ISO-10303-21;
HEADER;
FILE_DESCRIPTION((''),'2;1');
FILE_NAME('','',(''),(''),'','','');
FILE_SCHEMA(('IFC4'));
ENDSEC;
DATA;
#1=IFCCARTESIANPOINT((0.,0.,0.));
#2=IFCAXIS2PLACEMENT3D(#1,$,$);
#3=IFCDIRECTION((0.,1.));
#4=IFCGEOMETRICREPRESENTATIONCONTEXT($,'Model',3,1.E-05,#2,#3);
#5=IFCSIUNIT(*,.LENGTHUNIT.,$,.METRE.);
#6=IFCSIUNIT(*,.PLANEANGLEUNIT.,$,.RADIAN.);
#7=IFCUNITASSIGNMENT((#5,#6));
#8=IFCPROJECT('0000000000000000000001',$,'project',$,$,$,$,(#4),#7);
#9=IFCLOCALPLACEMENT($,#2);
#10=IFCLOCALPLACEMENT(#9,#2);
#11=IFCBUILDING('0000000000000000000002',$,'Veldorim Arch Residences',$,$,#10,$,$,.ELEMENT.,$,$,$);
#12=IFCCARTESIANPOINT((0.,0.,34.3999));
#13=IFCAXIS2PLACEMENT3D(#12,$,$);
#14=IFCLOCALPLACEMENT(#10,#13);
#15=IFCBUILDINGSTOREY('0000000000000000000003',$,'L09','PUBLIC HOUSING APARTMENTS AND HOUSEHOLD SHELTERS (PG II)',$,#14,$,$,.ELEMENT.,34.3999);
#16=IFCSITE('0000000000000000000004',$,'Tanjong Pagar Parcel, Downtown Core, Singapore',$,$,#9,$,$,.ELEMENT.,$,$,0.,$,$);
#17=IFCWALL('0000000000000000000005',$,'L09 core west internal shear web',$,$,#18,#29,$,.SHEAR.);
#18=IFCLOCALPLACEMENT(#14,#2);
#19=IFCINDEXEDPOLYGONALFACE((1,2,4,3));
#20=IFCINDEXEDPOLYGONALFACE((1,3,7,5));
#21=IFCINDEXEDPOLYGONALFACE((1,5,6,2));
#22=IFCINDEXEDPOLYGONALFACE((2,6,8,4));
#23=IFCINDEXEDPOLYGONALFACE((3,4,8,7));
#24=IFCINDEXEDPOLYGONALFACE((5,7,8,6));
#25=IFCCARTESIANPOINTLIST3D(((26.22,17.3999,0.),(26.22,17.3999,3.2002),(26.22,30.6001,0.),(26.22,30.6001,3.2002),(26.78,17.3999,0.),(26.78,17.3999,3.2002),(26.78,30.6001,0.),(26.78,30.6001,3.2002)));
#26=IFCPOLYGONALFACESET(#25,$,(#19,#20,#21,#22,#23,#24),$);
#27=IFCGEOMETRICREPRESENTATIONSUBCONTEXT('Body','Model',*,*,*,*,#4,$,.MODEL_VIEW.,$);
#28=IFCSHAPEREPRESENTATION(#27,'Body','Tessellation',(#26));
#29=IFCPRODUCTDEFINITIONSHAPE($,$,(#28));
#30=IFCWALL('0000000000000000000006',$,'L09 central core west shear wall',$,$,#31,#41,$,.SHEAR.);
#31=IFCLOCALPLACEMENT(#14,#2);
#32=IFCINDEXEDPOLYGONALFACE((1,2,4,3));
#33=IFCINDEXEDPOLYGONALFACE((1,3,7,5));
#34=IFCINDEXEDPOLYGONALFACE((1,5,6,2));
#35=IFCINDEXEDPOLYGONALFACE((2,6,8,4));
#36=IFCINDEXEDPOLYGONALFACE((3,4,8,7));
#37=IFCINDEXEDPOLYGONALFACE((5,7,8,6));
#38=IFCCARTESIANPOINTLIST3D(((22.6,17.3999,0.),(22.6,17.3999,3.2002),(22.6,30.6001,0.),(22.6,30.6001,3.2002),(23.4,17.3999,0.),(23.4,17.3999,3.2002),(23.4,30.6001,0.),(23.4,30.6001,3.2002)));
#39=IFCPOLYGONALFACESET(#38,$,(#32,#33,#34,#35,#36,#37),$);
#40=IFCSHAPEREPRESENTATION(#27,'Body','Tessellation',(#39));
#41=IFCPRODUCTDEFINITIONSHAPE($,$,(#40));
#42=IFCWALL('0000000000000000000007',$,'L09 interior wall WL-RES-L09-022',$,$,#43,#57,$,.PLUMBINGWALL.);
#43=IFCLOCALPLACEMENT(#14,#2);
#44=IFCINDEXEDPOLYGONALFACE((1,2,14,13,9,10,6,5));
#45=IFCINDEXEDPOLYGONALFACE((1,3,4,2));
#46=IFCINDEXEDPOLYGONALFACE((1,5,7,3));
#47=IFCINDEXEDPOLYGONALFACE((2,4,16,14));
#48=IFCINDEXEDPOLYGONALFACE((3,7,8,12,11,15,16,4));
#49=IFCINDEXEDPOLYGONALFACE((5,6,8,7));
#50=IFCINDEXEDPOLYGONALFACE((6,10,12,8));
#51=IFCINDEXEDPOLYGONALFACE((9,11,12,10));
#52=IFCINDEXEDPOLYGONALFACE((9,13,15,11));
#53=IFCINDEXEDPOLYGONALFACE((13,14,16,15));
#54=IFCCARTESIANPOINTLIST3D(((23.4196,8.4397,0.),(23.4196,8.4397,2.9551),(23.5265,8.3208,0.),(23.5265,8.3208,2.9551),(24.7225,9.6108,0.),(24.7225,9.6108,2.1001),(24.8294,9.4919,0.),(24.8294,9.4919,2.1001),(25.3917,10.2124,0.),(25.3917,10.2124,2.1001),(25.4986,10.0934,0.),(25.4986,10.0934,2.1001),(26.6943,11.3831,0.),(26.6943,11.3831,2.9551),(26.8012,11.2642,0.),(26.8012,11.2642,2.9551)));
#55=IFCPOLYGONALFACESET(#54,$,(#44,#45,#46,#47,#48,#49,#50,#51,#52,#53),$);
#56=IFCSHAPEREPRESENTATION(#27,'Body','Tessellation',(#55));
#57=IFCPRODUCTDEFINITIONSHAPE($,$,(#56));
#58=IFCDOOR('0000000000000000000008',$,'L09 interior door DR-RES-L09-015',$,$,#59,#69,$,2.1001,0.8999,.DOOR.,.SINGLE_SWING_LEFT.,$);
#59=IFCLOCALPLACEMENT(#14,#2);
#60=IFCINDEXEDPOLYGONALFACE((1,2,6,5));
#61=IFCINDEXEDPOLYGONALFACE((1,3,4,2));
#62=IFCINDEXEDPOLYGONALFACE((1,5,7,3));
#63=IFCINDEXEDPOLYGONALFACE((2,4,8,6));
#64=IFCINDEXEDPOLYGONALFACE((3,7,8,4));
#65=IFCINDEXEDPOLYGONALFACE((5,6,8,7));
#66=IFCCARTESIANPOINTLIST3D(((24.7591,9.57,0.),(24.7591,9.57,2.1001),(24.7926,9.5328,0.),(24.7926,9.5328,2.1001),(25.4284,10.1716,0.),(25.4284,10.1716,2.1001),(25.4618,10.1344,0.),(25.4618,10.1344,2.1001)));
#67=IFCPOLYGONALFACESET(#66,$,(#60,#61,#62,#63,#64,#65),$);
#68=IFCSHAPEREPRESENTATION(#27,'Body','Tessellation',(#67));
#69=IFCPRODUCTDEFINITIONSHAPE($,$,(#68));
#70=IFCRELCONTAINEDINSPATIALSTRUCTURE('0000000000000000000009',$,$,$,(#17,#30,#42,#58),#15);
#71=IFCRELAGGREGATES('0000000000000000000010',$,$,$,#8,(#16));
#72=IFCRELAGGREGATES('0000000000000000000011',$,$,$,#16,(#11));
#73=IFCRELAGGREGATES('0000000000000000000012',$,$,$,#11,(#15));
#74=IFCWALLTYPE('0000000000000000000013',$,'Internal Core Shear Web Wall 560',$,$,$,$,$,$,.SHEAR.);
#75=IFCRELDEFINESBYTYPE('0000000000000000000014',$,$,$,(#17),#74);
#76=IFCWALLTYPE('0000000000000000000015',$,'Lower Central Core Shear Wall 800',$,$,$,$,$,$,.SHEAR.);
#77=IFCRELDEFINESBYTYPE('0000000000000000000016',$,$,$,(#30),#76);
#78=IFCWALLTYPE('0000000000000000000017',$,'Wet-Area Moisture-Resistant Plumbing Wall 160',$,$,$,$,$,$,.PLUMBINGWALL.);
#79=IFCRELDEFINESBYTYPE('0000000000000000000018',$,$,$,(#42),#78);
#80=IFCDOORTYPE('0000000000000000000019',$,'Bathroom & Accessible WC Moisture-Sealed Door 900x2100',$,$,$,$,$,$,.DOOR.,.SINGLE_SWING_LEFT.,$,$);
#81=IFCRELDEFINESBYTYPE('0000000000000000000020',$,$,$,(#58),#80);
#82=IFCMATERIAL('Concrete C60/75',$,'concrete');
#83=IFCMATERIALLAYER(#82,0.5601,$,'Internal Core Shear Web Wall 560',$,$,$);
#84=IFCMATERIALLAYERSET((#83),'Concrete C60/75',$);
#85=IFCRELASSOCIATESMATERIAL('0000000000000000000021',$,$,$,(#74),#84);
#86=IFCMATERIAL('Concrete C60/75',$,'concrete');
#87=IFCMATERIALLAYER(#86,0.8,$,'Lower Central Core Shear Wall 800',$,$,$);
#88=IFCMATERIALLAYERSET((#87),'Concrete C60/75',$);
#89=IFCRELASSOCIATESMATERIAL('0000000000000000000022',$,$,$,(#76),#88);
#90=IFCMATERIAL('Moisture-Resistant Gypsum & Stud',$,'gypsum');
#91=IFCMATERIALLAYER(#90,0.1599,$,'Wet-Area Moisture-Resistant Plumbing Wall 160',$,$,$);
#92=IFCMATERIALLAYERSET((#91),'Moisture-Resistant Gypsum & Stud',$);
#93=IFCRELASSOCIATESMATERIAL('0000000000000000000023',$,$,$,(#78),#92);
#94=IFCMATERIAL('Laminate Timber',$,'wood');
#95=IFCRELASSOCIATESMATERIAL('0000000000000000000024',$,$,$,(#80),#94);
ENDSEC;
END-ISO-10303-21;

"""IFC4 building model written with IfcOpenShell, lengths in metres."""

from ifc_helpers import new_model, si_unit, direction, frame, frame_2d, origin, place, context, subcontext, project, spatial, rectangle, extrude, material, layer, layer_set, type_object, element, fill, save


model = new_model("IFC4")

# Units and contexts
model_context = context("Model", 3, precision=1e-05, world=origin(), true_north=direction((0.0, 1.0)))
body_context = subcontext(model_context, "Body", "Model", "MODEL_VIEW")
ifc_project = project(units=[si_unit("LENGTHUNIT", "METRE"), si_unit("PLANEANGLEUNIT", "RADIAN")], contexts=[model_context])

# Site, building, storey
site_placement = place(None, origin())
site = spatial("IfcSite", under=ifc_project, at=site_placement, Name="Tanjong Pagar Parcel, Downtown Core, Singapore", CompositionType="ELEMENT", RefElevation=0.0)
building_placement = place(site_placement, origin())
building = spatial("IfcBuilding", under=site, at=building_placement, Name="Veldorim Arch Residences", CompositionType="ELEMENT")
storey_placement = place(building_placement, frame((0.0, 0.0, 34.3999)))
storey = spatial("IfcBuildingStorey", under=building, at=storey_placement, Name="L09", Description="PUBLIC HOUSING APARTMENTS AND HOUSEHOLD SHELTERS (PG II)", CompositionType="ELEMENT", Elevation=34.3999)

# Wall
ifc_material_1 = material(Name="Concrete C60/75", Category="concrete")
ifc_layer_1 = layer(ifc_material_1, 0.5601, Name="Internal Core Shear Web Wall 560")
ifc_layer_set_1 = layer_set([ifc_layer_1], Name="Concrete C60/75")
wall_type_1 = type_object("IfcWallType", Name="Internal Core Shear Web Wall 560", PredefinedType="SHEAR", material=ifc_layer_set_1)
wall_1_placement = place(storey_placement, frame((26.5, 17.3999, 0.0), z_axis=(0.0, 0.0, 1.0), x_axis=(0.0, 1.0, 0.0)))
element("IfcWall", 1, at=wall_1_placement, inside=storey, type_object=wall_type_1, Name="L09 core west internal shear web", PredefinedType="SHEAR", context=body_context, shape_type="SweptSolid", body=[
    extrude(rectangle(XDim=13.2002, YDim=0.5601, at=frame_2d((6.6001, 0.0))), origin(), (0.0, 0.0, 1.0), 3.2002),
])

# Shared definitions
ifc_material_2 = material(Name="Concrete C60/75", Category="concrete")
ifc_layer_2 = layer(ifc_material_2, 0.8, Name="Lower Central Core Shear Wall 800")
ifc_layer_set_2 = layer_set([ifc_layer_2], Name="Concrete C60/75")
wall_type_2 = type_object("IfcWallType", Name="Lower Central Core Shear Wall 800", PredefinedType="SHEAR", material=ifc_layer_set_2)

# Wall
wall_2_placement = place(storey_placement, frame((23.0, 17.3999, 0.0), z_axis=(0.0, 0.0, 1.0), x_axis=(0.0, 1.0, 0.0)))
element("IfcWall", 2, at=wall_2_placement, inside=storey, type_object=wall_type_2, Name="L09 central core west shear wall", PredefinedType="SHEAR", context=body_context, shape_type="SweptSolid", body=[
    extrude(rectangle(XDim=13.2002, YDim=0.8, at=frame_2d((6.6001, 0.0))), origin(), (0.0, 0.0, 1.0), 3.2002),
])

# Wall, opening, door
ifc_material_3 = material(Name="Moisture-Resistant Gypsum & Stud", Category="gypsum")
ifc_layer_3 = layer(ifc_material_3, 0.1599, Name="Wet-Area Moisture-Resistant Plumbing Wall 160")
ifc_layer_set_3 = layer_set([ifc_layer_3], Name="Moisture-Resistant Gypsum & Stud")
wall_type_3 = type_object("IfcWallType", Name="Wet-Area Moisture-Resistant Plumbing Wall 160", PredefinedType="PLUMBINGWALL", material=ifc_layer_set_3)
wall_3_placement = place(storey_placement, frame((26.7478, 11.3237, 0.0), z_axis=(0.0, 0.0, 1.0), x_axis=(-0.743727, -0.668484, 0.0)))
wall_3 = element("IfcWall", 3, at=wall_3_placement, inside=storey, type_object=wall_type_3, Name="L09 interior wall WL-RES-L09-022", PredefinedType="PLUMBINGWALL", context=body_context, shape_type="SweptSolid", body=[
    extrude(rectangle(XDim=4.4031, YDim=0.1599, at=frame_2d((2.2017, 0.0))), origin(), (0.0, 0.0, 1.0), 2.9551),
])
opening_1_placement = place(wall_3_placement, frame((1.7515, 0.0, 0.0)))
opening_1 = element("IfcOpeningElement", 4, at=opening_1_placement, cuts=wall_3, PredefinedType="OPENING", context=body_context, shape_type="SweptSolid", body=[
    extrude(rectangle(XDim=0.8999, YDim=2.1001, at=frame_2d((0.45, 1.05))), frame((0.0, 0.0898, 0.0), z_axis=(0.0, -1.0, 0.0), x_axis=(1.0, 0.0, 0.0)), (0.0, 0.0, 1.0), 0.1799),
])
ifc_material_4 = material(Name="Laminate Timber", Category="wood")
door_type_1 = type_object("IfcDoorType", Name="Bathroom & Accessible WC Moisture-Sealed Door 900x2100", OperationType="SINGLE_SWING_LEFT", PredefinedType="DOOR", material=ifc_material_4)
door_1_placement = place(opening_1_placement, origin())
door_1 = element("IfcDoor", 5, at=door_1_placement, inside=storey, type_object=door_type_1, Name="L09 interior door DR-RES-L09-015", OperationType="SINGLE_SWING_LEFT", OverallHeight=2.1001, OverallWidth=0.8999, PredefinedType="DOOR", context=body_context, shape_type="SweptSolid", body=[
    extrude(rectangle(XDim=0.8999, YDim=2.1001, at=frame_2d((0.45, 1.05))), frame((0.0, 0.0249, 0.0), z_axis=(0.0, -1.0, 0.0), x_axis=(1.0, 0.0, 0.0)), (0.0, 0.0, 1.0), 0.05),
])
fill(opening_1, door_1)

save(model, "model.ifc")
